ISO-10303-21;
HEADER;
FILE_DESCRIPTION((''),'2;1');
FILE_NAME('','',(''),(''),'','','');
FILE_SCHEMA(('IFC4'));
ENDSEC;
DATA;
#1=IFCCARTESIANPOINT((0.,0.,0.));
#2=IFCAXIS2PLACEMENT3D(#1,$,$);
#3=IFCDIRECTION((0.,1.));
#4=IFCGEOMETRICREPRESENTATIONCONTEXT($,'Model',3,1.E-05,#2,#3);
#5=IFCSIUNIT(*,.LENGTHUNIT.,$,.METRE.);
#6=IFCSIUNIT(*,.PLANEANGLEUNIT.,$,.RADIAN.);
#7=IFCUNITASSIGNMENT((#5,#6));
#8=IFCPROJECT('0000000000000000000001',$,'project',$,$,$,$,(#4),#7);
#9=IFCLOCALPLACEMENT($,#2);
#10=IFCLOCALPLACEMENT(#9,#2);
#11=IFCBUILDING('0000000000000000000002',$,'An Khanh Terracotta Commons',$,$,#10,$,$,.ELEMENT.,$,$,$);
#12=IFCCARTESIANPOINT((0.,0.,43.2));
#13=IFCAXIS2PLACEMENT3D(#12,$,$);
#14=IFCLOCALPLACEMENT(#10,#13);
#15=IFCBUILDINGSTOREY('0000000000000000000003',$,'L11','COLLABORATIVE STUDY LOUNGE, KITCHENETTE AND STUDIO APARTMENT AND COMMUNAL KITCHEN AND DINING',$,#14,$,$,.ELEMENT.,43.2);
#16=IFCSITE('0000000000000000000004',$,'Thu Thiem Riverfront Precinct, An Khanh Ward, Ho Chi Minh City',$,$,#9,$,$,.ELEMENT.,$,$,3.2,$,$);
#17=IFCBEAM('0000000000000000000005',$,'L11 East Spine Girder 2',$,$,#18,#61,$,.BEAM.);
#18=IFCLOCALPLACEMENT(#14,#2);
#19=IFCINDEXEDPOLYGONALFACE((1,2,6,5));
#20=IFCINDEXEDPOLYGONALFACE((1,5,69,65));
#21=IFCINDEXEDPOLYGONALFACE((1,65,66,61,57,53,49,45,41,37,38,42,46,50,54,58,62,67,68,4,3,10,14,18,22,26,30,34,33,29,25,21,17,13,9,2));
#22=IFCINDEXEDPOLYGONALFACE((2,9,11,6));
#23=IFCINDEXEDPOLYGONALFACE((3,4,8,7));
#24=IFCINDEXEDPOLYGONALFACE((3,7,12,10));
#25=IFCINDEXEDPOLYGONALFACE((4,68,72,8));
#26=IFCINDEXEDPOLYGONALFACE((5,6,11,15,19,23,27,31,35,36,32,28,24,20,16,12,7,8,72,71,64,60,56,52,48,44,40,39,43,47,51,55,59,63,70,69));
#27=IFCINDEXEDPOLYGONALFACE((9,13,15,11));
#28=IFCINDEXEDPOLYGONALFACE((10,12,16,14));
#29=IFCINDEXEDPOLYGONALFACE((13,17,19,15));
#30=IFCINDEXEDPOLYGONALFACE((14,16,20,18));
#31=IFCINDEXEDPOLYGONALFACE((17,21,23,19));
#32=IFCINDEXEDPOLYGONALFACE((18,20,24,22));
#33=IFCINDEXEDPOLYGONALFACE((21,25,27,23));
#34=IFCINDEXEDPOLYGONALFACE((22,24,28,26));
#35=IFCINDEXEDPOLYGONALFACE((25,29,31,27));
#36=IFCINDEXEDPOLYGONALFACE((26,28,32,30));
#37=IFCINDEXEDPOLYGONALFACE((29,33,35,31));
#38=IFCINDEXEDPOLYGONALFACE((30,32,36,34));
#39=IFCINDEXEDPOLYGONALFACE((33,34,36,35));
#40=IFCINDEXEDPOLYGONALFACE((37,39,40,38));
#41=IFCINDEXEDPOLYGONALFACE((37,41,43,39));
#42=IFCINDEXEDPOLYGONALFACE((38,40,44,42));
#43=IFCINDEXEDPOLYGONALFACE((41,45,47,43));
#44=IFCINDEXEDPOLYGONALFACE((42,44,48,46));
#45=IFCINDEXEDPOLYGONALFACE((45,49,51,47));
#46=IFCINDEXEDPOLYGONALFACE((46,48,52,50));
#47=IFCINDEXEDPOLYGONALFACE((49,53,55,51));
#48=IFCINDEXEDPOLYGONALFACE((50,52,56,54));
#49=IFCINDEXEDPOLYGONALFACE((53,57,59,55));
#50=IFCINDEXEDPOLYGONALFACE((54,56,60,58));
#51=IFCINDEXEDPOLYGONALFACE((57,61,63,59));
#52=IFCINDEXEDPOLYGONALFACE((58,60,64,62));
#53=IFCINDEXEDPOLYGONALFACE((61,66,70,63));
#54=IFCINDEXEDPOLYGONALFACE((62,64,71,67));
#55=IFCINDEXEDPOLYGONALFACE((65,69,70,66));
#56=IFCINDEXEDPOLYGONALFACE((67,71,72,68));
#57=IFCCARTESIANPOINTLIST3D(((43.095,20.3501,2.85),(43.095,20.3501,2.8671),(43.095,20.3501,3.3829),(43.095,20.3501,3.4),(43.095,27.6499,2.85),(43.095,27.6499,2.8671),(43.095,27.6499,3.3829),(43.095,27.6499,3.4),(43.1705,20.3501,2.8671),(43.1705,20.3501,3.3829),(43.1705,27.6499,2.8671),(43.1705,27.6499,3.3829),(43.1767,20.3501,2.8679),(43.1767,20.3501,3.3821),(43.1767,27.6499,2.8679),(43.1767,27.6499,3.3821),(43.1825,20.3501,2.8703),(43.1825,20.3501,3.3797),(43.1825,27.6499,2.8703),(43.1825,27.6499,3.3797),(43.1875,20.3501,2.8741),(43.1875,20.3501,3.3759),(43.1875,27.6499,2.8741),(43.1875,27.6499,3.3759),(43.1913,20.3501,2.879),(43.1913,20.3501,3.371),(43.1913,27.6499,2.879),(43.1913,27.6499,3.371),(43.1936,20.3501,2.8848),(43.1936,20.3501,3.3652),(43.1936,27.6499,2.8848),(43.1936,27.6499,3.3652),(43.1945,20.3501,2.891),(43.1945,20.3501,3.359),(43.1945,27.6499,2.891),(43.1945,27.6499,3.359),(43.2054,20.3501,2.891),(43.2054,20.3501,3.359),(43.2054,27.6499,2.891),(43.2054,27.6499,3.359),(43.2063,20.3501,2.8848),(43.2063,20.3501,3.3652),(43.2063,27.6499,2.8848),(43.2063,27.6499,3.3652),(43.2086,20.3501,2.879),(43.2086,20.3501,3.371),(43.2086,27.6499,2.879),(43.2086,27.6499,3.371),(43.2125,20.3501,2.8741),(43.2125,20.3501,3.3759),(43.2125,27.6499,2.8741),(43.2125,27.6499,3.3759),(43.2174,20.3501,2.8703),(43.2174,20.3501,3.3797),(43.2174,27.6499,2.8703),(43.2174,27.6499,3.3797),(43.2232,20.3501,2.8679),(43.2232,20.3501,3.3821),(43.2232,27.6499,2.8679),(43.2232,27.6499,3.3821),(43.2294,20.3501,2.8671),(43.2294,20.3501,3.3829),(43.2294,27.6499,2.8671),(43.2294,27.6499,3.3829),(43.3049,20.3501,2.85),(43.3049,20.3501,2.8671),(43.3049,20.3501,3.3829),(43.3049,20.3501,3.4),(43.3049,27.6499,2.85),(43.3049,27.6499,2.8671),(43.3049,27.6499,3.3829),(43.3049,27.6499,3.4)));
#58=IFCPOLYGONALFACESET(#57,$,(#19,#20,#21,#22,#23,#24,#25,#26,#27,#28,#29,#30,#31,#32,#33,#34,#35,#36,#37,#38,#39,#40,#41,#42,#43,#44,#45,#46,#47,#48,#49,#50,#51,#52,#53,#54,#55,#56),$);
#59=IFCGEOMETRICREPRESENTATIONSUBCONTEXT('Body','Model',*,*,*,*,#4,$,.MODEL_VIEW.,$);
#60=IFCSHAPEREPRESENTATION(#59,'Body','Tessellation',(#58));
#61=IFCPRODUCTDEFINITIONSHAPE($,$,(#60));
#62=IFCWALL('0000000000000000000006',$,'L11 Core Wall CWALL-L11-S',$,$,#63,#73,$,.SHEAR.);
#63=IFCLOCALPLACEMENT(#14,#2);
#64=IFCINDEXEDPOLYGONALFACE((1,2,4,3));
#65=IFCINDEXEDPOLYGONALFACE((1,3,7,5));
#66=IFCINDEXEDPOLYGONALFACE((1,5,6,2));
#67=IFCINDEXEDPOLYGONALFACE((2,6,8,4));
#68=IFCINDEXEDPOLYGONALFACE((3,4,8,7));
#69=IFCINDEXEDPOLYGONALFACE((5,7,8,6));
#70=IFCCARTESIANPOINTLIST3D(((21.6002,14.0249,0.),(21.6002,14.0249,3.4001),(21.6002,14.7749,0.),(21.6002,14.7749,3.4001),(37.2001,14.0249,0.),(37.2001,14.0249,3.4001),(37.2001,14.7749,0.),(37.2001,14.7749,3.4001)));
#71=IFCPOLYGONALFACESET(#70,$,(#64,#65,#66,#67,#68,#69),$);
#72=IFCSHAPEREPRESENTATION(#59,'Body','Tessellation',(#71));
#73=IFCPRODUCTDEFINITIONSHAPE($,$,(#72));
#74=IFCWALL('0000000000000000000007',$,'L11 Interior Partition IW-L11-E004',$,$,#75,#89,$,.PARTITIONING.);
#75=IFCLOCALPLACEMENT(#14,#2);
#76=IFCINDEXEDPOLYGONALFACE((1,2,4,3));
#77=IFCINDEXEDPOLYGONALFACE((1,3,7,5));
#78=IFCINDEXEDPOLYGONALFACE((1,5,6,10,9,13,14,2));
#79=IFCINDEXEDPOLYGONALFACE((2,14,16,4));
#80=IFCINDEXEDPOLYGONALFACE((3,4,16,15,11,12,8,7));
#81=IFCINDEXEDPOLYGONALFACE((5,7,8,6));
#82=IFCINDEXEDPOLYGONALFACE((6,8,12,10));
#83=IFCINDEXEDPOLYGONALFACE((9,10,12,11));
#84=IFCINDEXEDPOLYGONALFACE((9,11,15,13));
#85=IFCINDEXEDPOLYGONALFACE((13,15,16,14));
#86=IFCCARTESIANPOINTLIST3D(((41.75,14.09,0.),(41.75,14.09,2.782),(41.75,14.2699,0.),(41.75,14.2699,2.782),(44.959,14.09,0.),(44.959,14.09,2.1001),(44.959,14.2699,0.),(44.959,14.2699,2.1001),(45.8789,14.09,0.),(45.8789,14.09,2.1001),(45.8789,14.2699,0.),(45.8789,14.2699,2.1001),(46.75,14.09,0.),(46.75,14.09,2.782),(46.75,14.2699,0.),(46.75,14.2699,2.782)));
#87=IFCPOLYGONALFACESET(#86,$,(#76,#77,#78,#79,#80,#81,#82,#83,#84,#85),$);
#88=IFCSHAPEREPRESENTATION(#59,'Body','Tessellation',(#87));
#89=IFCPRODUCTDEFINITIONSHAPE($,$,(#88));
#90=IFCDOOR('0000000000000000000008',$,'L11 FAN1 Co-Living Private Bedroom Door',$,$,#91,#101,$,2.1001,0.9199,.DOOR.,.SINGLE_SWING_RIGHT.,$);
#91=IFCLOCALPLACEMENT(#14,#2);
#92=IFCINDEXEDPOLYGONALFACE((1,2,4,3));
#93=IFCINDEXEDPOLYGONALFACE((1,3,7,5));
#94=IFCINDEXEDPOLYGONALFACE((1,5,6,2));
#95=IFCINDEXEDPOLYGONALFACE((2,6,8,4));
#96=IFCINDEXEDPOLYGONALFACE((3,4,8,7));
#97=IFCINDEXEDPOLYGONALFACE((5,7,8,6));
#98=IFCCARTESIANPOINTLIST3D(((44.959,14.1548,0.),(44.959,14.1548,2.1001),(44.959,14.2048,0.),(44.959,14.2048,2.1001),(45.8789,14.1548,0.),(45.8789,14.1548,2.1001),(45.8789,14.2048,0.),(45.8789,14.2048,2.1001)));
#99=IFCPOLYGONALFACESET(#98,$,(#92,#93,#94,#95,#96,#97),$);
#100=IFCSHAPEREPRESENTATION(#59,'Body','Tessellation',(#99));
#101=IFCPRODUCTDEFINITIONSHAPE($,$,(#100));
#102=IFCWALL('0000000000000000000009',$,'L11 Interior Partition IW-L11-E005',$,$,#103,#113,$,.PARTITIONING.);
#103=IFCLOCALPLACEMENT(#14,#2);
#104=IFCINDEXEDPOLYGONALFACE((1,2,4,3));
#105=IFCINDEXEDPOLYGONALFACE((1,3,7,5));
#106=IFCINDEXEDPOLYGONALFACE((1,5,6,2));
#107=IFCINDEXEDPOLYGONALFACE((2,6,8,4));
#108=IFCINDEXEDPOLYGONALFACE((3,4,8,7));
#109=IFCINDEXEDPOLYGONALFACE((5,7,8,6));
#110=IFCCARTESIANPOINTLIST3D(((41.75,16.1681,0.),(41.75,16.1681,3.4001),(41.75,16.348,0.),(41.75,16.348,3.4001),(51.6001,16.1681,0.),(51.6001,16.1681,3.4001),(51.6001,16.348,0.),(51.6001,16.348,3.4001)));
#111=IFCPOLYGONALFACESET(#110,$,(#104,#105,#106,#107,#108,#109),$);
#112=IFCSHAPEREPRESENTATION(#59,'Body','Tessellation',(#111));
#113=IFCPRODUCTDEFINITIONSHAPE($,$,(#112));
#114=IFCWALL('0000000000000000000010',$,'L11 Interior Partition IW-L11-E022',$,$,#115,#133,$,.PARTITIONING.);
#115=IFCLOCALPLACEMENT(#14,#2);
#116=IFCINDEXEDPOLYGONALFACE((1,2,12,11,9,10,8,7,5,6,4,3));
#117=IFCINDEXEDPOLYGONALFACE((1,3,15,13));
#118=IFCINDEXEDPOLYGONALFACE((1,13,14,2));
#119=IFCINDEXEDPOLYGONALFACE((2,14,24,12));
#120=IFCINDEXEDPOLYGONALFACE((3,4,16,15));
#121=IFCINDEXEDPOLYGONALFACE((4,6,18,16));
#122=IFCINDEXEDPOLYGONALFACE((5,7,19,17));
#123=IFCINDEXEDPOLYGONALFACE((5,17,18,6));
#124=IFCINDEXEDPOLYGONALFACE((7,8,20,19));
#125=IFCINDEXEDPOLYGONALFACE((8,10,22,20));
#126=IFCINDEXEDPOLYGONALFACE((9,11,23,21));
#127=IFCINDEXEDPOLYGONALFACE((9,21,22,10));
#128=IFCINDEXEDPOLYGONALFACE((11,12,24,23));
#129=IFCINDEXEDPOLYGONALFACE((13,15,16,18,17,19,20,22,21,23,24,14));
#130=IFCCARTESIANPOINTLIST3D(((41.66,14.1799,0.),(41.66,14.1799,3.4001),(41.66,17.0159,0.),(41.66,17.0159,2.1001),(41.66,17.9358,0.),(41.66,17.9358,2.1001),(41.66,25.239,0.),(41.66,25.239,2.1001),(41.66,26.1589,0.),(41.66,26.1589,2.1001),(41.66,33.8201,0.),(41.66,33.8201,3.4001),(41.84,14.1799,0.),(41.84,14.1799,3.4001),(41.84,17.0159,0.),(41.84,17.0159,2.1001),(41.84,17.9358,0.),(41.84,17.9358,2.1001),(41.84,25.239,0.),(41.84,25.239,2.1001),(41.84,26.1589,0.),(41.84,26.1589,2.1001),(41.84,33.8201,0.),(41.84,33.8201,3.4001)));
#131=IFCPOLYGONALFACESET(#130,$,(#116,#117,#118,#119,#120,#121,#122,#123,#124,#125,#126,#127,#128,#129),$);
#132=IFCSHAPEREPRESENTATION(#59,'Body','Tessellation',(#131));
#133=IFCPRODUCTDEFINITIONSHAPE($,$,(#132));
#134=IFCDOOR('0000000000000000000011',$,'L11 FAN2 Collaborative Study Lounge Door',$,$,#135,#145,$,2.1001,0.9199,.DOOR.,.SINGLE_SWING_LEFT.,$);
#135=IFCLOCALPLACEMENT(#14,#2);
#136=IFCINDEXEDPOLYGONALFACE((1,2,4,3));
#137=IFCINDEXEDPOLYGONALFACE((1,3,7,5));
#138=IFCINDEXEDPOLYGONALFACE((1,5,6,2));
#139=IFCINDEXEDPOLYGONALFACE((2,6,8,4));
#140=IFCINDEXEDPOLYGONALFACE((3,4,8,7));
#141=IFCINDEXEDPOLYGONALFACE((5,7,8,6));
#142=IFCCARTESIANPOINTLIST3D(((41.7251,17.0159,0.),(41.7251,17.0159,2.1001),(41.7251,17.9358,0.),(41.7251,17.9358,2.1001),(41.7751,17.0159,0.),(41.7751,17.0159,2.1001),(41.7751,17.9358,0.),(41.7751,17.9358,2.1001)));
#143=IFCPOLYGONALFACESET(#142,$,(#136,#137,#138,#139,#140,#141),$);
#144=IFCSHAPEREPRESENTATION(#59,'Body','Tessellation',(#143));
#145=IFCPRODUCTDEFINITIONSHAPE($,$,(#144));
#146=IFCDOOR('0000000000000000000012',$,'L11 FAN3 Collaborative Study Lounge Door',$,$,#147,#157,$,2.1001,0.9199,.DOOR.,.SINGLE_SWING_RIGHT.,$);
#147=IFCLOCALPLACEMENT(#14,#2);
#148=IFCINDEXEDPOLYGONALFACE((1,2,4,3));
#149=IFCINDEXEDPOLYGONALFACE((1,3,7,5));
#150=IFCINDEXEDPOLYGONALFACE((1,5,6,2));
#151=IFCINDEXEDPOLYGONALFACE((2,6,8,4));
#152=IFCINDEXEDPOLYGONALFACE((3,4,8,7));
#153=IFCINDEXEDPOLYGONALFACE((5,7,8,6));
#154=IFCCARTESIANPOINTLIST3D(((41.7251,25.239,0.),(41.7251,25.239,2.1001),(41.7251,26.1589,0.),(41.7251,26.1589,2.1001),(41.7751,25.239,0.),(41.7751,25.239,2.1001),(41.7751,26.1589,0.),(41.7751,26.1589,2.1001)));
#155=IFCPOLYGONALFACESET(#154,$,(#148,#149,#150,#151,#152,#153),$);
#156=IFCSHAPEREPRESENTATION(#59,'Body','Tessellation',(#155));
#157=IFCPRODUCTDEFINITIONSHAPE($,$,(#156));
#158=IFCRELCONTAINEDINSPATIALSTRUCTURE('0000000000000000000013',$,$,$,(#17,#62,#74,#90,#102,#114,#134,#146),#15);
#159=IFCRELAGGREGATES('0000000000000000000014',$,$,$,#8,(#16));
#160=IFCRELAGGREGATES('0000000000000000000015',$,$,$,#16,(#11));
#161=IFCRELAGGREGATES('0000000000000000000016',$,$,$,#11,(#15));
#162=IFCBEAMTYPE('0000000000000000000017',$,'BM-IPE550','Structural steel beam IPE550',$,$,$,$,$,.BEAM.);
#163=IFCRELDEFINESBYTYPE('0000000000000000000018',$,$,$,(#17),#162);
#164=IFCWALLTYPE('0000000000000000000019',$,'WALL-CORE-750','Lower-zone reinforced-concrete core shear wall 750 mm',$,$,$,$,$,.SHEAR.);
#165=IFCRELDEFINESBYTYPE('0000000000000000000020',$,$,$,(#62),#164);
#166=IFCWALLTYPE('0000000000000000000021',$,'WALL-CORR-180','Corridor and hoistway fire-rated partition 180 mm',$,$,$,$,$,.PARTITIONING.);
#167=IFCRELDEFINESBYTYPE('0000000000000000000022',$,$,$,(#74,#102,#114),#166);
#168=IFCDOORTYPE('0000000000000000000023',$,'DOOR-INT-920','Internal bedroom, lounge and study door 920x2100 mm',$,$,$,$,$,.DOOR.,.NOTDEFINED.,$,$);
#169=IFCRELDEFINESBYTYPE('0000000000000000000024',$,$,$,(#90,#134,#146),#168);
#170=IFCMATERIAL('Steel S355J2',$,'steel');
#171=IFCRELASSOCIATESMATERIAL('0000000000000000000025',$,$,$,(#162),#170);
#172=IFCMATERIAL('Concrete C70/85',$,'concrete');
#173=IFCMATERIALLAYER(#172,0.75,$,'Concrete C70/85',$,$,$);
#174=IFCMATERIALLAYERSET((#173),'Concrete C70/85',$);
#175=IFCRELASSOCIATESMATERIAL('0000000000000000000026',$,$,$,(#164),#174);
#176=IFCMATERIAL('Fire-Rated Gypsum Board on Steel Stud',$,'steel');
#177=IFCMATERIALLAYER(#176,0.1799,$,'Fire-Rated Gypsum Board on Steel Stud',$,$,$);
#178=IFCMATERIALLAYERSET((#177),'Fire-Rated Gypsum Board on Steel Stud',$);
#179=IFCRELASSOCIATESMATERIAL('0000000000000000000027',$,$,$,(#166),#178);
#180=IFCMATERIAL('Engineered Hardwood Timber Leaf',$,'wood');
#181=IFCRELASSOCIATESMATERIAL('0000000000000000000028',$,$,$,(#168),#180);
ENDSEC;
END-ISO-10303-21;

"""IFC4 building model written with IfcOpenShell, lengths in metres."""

from ifc_helpers import new_model, si_unit, direction, frame, frame_2d, origin, origin_2d, place, context, subcontext, project, spatial, rectangle, i_section, extrude, material, layer, layer_set, material_profile, profile_set, type_object, element, fill, save


model = new_model("IFC4")

# Units and contexts
model_context = context("Model", 3, precision=1e-05, world=origin(), true_north=direction((0.0, 1.0)))
body_context = subcontext(model_context, "Body", "Model", "MODEL_VIEW")
ifc_project = project(units=[si_unit("LENGTHUNIT", "METRE"), si_unit("PLANEANGLEUNIT", "RADIAN")], contexts=[model_context])

# Site, building, storey
site_placement = place(None, origin())
site = spatial("IfcSite", under=ifc_project, at=site_placement, Name="Thu Thiem Riverfront Precinct, An Khanh Ward, Ho Chi Minh City", CompositionType="ELEMENT", RefElevation=3.2)
building_placement = place(site_placement, origin())
building = spatial("IfcBuilding", under=site, at=building_placement, Name="An Khanh Terracotta Commons", CompositionType="ELEMENT")
storey_placement = place(building_placement, frame((0.0, 0.0, 43.2)))
storey = spatial("IfcBuildingStorey", under=building, at=storey_placement, Name="L11", Description="COLLABORATIVE STUDY LOUNGE, KITCHENETTE AND STUDIO APARTMENT AND COMMUNAL KITCHEN AND DINING", CompositionType="ELEMENT", Elevation=43.2)

# Shared definitions
ifc_material_1 = material(Name="Concrete C70/85", Category="concrete")

# Beam
ifc_material_2 = material(Name="Steel S355J2", Category="steel")
ifc_material_profile_1 = material_profile(ifc_material_2, i_section(OverallWidth=0.21, OverallDepth=0.55, WebThickness=0.011, FlangeThickness=0.0171, FilletRadius=0.0239, at=origin_2d()), Name="IPE550")
ifc_profile_set_1 = profile_set([ifc_material_profile_1], Name="Steel S355J2")
beam_type_1 = type_object("IfcBeamType", Name="BM-IPE550", Description="Structural steel beam IPE550", PredefinedType="BEAM", material=ifc_profile_set_1)
beam_1_placement = place(storey_placement, frame((43.2, 20.3501, 3.125), z_axis=(0.0, 1.0, 0.0), x_axis=(-1.0, 0.0, 0.0)))
element("IfcBeam", 1, at=beam_1_placement, inside=storey, type_object=beam_type_1, Name="L11 East Spine Girder 2", PredefinedType="BEAM", context=body_context, shape_type="SweptSolid", body=[
    extrude(i_section(OverallWidth=0.21, OverallDepth=0.55, WebThickness=0.011, FlangeThickness=0.0171, FilletRadius=0.0239, at=origin_2d()), origin(), (0.0, 0.0, 1.0), 7.2998),
])

# Wall
ifc_layer_1 = layer(ifc_material_1, 0.75, Name="Concrete C70/85")
ifc_layer_set_1 = layer_set([ifc_layer_1], Name="Concrete C70/85")
wall_type_1 = type_object("IfcWallType", Name="WALL-CORE-750", Description="Lower-zone reinforced-concrete core shear wall 750 mm", PredefinedType="SHEAR", material=ifc_layer_set_1)
wall_1_placement = place(storey_placement, frame((37.2, 14.3999, 0.0), z_axis=(0.0, 0.0, 1.0), x_axis=(-1.0, 0.0, 0.0)))
element("IfcWall", 2, at=wall_1_placement, inside=storey, type_object=wall_type_1, Name="L11 Core Wall CWALL-L11-S", PredefinedType="SHEAR", context=body_context, shape_type="SweptSolid", body=[
    extrude(rectangle(XDim=15.5999, YDim=0.75, at=frame_2d((7.7998, 0.0))), origin(), (0.0, 0.0, 1.0), 3.4001),
])

# Wall, opening, door
ifc_material_3 = material(Name="Fire-Rated Gypsum Board on Steel Stud", Category="steel")
ifc_layer_2 = layer(ifc_material_3, 0.1799, Name="Fire-Rated Gypsum Board on Steel Stud")
ifc_layer_set_2 = layer_set([ifc_layer_2], Name="Fire-Rated Gypsum Board on Steel Stud")
wall_type_2 = type_object("IfcWallType", Name="WALL-CORR-180", Description="Corridor and hoistway fire-rated partition 180 mm", PredefinedType="PARTITIONING", material=ifc_layer_set_2)
wall_2_placement = place(storey_placement, frame((41.75, 14.1799, 0.0), z_axis=(0.0, 0.0, 1.0), x_axis=(1.0, 0.0, 0.0)))
wall_2 = element("IfcWall", 3, at=wall_2_placement, inside=storey, type_object=wall_type_2, Name="L11 Interior Partition IW-L11-E004", PredefinedType="PARTITIONING", context=body_context, shape_type="SweptSolid", body=[
    extrude(rectangle(XDim=5.0, YDim=0.1799, at=frame_2d((2.5, 0.0))), origin(), (0.0, 0.0, 1.0), 2.782),
])
opening_1_placement = place(wall_2_placement, frame((3.209, 0.0, 0.0)))
opening_1 = element("IfcOpeningElement", 4, at=opening_1_placement, cuts=wall_2, PredefinedType="OPENING", context=body_context, shape_type="SweptSolid", body=[
    extrude(rectangle(XDim=0.9199, YDim=2.1001, at=frame_2d((0.46, 1.05))), frame((0.0, 0.0999, 0.0), z_axis=(0.0, -1.0, 0.0), x_axis=(1.0, 0.0, 0.0)), (0.0, 0.0, 1.0), 0.2),
])
ifc_material_4 = material(Name="Engineered Hardwood Timber Leaf", Category="wood")
door_type_1 = type_object("IfcDoorType", Name="DOOR-INT-920", Description="Internal bedroom, lounge and study door 920x2100 mm", OperationType="NOTDEFINED", PredefinedType="DOOR", material=ifc_material_4)
door_1_placement = place(opening_1_placement, origin())
door_1 = element("IfcDoor", 5, at=door_1_placement, inside=storey, type_object=door_type_1, Name="L11 FAN1 Co-Living Private Bedroom Door", OperationType="SINGLE_SWING_RIGHT", OverallHeight=2.1001, OverallWidth=0.9199, PredefinedType="DOOR", context=body_context, shape_type="SweptSolid", body=[
    extrude(rectangle(XDim=0.9199, YDim=2.1001, at=frame_2d((0.46, 1.05))), frame((0.0, 0.0249, 0.0), z_axis=(0.0, -1.0, 0.0), x_axis=(1.0, 0.0, 0.0)), (0.0, 0.0, 1.0), 0.05),
])
fill(opening_1, door_1)

# Wall
wall_3_placement = place(storey_placement, frame((41.75, 16.2581, 0.0), z_axis=(0.0, 0.0, 1.0), x_axis=(1.0, 0.0, 0.0)))
element("IfcWall", 6, at=wall_3_placement, inside=storey, type_object=wall_type_2, Name="L11 Interior Partition IW-L11-E005", PredefinedType="PARTITIONING", context=body_context, shape_type="SweptSolid", body=[
    extrude(rectangle(XDim=9.8501, YDim=0.1799, at=frame_2d((4.925, 0.0))), origin(), (0.0, 0.0, 1.0), 3.4001),
])

# Wall, openings, doors
wall_4_placement = place(storey_placement, frame((41.75, 14.1799, 0.0), z_axis=(0.0, 0.0, 1.0), x_axis=(0.0, 1.0, 0.0)))
wall_4 = element("IfcWall", 7, at=wall_4_placement, inside=storey, type_object=wall_type_2, Name="L11 Interior Partition IW-L11-E022", PredefinedType="PARTITIONING", context=body_context, shape_type="SweptSolid", body=[
    extrude(rectangle(XDim=19.6401, YDim=0.1799, at=frame_2d((9.8201, 0.0))), origin(), (0.0, 0.0, 1.0), 3.4001),
])
opening_2_placement = place(wall_4_placement, frame((2.8359, 0.0, 0.0)))
opening_2 = element("IfcOpeningElement", 8, at=opening_2_placement, cuts=wall_4, PredefinedType="OPENING", context=body_context, shape_type="SweptSolid", body=[
    extrude(rectangle(XDim=0.9199, YDim=2.1001, at=frame_2d((0.46, 1.05))), frame((0.0, 0.0999, 0.0), z_axis=(0.0, -1.0, 0.0), x_axis=(1.0, 0.0, 0.0)), (0.0, 0.0, 1.0), 0.2),
])
opening_3_placement = place(wall_4_placement, frame((11.0591, 0.0, 0.0)))
opening_3 = element("IfcOpeningElement", 9, at=opening_3_placement, cuts=wall_4, PredefinedType="OPENING", context=body_context, shape_type="SweptSolid", body=[
    extrude(rectangle(XDim=0.9199, YDim=2.1001, at=frame_2d((0.46, 1.05))), frame((0.0, 0.0999, 0.0), z_axis=(0.0, -1.0, 0.0), x_axis=(1.0, 0.0, 0.0)), (0.0, 0.0, 1.0), 0.2),
])
door_2_placement = place(opening_2_placement, origin())
door_2 = element("IfcDoor", 10, at=door_2_placement, inside=storey, type_object=door_type_1, Name="L11 FAN2 Collaborative Study Lounge Door", OperationType="SINGLE_SWING_LEFT", OverallHeight=2.1001, OverallWidth=0.9199, PredefinedType="DOOR", context=body_context, shape_type="SweptSolid", body=[
    extrude(rectangle(XDim=0.9199, YDim=2.1001, at=frame_2d((0.46, 1.05))), frame((0.0, 0.0249, 0.0), z_axis=(0.0, -1.0, 0.0), x_axis=(1.0, 0.0, 0.0)), (0.0, 0.0, 1.0), 0.05),
])
fill(opening_2, door_2)
door_3_placement = place(opening_3_placement, origin())
door_3 = element("IfcDoor", 11, at=door_3_placement, inside=storey, type_object=door_type_1, Name="L11 FAN3 Collaborative Study Lounge Door", OperationType="SINGLE_SWING_RIGHT", OverallHeight=2.1001, OverallWidth=0.9199, PredefinedType="DOOR", context=body_context, shape_type="SweptSolid", body=[
    extrude(rectangle(XDim=0.9199, YDim=2.1001, at=frame_2d((0.46, 1.05))), frame((0.0, 0.0249, 0.0), z_axis=(0.0, -1.0, 0.0), x_axis=(1.0, 0.0, 0.0)), (0.0, 0.0, 1.0), 0.05),
])
fill(opening_3, door_3)

save(model, "model.ifc")
